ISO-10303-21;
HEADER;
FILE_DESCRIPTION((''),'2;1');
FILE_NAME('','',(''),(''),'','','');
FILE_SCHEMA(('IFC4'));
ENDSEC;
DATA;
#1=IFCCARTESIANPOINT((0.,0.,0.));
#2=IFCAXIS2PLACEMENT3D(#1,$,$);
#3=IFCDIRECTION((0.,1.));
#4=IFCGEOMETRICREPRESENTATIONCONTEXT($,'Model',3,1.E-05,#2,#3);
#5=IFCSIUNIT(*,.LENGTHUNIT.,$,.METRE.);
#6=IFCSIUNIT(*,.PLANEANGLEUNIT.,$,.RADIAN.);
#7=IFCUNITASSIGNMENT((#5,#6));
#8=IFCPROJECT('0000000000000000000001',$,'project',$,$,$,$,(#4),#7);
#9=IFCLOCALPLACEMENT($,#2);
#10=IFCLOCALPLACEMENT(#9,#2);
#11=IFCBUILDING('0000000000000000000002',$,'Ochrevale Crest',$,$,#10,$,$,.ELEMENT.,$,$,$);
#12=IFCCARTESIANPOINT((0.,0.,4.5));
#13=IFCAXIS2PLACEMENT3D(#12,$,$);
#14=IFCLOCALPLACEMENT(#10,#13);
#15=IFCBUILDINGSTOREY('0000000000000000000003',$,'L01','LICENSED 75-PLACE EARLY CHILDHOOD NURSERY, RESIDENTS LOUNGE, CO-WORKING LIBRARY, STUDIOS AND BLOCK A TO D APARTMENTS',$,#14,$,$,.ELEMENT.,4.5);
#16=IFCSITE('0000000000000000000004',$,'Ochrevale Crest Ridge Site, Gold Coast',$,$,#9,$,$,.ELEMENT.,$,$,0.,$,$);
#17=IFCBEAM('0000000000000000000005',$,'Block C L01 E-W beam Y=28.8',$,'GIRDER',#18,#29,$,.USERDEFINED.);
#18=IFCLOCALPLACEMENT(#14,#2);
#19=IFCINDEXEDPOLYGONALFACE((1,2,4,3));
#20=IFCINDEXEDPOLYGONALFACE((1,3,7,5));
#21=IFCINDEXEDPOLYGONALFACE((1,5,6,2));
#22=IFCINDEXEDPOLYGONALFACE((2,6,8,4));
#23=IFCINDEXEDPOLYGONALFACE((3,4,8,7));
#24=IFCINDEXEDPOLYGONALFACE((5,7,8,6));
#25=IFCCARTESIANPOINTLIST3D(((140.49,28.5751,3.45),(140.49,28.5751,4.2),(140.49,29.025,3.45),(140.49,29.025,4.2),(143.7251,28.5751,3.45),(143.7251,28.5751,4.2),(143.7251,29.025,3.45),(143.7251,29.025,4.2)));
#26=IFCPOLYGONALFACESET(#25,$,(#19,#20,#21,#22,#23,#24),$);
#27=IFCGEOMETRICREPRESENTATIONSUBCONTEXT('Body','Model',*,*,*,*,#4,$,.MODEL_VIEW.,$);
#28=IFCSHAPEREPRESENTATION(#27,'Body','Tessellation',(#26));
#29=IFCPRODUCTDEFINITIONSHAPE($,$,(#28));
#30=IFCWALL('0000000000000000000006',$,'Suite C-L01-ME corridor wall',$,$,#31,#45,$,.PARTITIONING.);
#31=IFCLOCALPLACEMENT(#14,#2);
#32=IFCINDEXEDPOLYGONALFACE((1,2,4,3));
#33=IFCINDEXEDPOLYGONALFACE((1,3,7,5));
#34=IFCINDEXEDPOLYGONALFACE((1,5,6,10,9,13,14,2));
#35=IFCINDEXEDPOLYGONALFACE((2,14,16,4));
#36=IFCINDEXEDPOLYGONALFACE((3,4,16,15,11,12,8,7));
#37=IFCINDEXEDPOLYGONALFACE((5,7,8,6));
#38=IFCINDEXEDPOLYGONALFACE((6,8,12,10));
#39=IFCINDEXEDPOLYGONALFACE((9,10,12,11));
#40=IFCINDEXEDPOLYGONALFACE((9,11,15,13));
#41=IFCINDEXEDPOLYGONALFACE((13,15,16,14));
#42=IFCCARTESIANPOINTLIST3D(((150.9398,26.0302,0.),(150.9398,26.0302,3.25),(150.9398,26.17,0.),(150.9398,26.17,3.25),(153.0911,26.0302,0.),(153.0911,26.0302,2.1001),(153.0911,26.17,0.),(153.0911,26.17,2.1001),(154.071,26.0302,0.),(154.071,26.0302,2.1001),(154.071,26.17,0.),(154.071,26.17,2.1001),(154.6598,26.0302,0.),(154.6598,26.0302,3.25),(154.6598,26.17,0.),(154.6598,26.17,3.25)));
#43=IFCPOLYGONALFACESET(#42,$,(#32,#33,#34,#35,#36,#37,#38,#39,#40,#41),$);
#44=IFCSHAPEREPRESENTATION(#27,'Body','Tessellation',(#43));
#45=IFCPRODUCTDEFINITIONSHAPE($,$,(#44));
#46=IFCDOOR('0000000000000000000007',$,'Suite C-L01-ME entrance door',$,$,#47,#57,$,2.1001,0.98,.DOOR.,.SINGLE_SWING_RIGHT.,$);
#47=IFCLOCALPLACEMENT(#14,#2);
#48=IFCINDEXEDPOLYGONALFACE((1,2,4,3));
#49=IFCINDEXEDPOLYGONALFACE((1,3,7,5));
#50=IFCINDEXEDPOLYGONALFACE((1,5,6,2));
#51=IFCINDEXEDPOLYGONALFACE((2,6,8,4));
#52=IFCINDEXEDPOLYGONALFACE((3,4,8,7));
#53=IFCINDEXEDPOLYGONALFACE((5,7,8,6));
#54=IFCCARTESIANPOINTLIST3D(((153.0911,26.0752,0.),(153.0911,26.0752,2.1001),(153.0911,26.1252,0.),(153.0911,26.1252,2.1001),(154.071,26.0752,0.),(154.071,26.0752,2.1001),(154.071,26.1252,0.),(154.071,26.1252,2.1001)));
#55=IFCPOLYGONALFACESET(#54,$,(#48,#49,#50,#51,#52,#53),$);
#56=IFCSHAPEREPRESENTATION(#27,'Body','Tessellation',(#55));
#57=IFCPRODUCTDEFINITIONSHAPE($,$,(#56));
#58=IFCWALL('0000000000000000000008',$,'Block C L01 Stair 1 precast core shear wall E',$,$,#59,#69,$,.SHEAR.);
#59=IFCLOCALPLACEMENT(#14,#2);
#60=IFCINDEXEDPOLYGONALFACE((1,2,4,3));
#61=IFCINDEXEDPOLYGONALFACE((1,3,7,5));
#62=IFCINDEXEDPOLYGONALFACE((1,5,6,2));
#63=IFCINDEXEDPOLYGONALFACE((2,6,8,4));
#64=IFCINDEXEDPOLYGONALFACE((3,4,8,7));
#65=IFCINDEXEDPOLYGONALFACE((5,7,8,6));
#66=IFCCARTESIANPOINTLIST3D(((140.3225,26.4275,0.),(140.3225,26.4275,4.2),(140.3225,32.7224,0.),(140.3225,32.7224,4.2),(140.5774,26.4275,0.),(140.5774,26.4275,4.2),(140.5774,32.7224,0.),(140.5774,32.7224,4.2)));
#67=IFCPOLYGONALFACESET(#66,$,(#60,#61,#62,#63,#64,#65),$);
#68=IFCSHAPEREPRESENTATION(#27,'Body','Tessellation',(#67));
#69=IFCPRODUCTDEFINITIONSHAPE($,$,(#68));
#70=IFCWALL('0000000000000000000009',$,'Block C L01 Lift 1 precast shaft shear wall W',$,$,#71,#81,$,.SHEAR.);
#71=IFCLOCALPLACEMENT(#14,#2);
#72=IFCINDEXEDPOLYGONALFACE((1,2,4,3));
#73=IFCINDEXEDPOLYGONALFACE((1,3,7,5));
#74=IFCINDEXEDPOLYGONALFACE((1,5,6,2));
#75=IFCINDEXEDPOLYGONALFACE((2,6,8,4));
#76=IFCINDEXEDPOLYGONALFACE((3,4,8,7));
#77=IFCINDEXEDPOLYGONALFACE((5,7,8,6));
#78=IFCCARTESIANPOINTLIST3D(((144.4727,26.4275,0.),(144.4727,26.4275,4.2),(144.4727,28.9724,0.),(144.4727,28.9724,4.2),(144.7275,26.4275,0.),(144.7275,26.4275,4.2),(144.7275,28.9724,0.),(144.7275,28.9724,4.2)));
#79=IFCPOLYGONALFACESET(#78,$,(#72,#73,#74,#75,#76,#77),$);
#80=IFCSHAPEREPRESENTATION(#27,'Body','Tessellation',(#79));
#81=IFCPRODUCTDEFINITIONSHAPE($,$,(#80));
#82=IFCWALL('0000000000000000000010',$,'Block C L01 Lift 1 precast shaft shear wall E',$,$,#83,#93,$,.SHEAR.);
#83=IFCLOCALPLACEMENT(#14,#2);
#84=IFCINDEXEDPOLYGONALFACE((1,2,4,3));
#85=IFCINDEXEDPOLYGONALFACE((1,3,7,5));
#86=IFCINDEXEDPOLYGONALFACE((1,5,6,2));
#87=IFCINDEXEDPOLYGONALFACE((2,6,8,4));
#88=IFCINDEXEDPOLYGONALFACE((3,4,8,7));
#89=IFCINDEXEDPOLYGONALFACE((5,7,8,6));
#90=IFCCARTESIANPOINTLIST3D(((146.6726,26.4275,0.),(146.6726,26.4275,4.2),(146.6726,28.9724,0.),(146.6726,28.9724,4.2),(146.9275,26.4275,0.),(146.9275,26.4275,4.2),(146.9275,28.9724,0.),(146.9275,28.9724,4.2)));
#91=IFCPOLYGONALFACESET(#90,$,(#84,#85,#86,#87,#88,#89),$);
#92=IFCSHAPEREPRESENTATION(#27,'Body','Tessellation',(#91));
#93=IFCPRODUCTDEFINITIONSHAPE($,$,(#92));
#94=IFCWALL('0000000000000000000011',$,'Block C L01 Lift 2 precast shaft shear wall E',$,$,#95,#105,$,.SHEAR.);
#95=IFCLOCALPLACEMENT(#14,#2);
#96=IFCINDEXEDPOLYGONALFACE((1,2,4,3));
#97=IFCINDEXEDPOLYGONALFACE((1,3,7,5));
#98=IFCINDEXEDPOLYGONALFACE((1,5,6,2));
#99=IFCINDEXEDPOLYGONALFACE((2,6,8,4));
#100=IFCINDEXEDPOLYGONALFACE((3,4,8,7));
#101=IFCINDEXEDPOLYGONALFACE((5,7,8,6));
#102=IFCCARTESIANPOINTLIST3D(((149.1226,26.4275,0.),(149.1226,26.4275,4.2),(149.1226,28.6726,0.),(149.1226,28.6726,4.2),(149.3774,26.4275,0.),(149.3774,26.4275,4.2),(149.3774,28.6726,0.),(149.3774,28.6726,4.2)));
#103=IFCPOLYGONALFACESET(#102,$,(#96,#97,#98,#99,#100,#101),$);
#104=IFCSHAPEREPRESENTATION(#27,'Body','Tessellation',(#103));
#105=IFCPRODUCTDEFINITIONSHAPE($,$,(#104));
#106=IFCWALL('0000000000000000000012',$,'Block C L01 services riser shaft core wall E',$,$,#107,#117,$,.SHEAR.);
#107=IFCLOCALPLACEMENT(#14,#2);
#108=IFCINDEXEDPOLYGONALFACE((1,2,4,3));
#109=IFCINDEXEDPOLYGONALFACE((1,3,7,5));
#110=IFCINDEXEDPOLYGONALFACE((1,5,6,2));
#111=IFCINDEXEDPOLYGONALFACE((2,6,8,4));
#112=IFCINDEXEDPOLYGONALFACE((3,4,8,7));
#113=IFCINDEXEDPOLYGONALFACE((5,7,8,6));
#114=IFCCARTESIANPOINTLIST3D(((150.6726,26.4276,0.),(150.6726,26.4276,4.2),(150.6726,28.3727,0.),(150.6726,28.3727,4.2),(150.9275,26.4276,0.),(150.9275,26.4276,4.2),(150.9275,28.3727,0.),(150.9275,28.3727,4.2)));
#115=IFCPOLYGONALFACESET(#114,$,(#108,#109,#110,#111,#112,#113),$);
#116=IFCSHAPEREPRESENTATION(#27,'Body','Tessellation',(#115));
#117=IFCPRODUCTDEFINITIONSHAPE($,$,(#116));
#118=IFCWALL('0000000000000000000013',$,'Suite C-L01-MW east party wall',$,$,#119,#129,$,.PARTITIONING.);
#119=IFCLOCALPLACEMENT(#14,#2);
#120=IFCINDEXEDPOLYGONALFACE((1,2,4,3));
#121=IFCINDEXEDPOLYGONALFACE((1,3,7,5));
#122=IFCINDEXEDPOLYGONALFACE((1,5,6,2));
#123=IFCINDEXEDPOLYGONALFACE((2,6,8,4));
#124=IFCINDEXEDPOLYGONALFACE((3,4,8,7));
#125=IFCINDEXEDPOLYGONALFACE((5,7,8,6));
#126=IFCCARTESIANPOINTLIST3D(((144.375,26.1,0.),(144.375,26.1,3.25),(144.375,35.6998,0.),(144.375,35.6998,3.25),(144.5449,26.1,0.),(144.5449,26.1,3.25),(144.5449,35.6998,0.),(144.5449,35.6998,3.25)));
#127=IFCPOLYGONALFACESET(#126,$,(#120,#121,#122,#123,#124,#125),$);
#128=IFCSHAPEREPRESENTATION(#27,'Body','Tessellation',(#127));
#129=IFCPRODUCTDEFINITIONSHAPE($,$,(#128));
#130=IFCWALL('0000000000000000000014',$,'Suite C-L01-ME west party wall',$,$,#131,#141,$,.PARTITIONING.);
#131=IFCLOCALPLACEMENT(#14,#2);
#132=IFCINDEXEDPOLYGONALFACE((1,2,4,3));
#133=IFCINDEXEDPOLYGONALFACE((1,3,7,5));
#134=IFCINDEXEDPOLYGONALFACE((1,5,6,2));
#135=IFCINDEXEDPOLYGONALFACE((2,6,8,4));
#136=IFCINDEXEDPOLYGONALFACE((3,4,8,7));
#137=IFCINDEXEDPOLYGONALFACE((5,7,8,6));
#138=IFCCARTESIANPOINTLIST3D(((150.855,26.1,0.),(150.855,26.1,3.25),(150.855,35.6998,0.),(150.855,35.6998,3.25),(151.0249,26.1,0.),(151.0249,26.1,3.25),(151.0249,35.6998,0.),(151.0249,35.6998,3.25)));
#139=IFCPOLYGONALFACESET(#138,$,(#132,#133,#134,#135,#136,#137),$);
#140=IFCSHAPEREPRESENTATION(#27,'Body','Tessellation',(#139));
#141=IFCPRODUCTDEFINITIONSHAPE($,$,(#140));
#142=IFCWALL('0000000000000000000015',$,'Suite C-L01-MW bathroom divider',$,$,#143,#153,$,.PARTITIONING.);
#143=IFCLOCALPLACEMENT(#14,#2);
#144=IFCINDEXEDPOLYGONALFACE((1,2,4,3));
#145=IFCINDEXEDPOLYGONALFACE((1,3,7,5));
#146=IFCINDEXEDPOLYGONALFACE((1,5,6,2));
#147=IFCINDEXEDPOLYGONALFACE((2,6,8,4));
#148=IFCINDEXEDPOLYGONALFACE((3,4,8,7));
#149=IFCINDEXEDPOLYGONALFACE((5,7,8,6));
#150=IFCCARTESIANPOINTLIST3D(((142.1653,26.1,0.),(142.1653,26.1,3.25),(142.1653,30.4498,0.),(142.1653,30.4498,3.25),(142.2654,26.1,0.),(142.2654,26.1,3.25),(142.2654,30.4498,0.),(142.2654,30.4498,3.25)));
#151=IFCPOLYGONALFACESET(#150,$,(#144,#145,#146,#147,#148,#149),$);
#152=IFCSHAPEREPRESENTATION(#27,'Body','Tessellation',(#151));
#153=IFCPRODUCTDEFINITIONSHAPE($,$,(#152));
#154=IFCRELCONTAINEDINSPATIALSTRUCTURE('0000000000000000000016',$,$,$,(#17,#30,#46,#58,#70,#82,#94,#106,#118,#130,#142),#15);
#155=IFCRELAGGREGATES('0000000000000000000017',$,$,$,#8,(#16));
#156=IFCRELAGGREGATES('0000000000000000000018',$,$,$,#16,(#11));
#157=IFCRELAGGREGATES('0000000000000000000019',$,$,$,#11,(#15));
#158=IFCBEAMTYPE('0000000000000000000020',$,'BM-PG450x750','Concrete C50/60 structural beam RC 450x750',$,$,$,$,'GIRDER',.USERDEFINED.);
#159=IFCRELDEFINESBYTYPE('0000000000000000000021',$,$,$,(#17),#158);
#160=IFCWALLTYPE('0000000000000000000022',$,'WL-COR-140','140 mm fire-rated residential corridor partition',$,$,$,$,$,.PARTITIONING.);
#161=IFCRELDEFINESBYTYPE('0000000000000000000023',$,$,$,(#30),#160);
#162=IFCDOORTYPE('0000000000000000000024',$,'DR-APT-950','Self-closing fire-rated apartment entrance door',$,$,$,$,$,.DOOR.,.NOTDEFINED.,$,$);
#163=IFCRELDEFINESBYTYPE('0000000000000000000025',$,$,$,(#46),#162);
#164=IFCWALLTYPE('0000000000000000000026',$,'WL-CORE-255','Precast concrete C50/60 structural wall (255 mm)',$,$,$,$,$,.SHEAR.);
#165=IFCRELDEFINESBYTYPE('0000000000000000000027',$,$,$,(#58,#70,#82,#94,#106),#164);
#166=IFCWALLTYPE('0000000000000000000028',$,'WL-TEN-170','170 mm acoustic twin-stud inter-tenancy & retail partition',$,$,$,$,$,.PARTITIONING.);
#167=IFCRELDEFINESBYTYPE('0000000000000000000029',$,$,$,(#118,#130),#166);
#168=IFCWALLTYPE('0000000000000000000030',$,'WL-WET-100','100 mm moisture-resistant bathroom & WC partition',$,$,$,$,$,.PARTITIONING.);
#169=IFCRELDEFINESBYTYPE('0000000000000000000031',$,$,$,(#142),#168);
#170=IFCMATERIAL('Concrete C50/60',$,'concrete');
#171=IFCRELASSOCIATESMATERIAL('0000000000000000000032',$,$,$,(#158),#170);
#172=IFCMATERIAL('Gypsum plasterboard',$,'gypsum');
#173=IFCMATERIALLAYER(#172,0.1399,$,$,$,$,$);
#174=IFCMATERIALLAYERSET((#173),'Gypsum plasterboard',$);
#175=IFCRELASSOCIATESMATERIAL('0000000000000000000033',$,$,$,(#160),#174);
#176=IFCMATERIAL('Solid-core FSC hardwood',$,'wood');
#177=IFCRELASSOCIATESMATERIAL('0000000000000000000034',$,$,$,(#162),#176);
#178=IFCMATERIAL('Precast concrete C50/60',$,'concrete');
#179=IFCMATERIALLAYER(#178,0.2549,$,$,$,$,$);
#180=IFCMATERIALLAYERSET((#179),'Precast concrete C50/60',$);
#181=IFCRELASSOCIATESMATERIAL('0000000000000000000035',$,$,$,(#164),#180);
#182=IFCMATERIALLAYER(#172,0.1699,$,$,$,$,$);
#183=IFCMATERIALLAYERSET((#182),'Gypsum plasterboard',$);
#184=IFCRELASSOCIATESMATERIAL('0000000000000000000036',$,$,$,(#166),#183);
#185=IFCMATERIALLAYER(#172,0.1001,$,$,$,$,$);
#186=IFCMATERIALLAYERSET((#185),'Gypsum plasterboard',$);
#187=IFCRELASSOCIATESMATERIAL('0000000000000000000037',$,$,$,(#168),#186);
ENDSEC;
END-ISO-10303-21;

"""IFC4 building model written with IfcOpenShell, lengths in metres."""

from ifc_helpers import new_model, si_unit, direction, frame, frame_2d, origin, origin_2d, place, context, subcontext, project, spatial, rectangle, extrude, material, layer, layer_set, material_profile, profile_set, type_object, element, fill, save


model = new_model("IFC4")

# Units and contexts
model_context = context("Model", 3, precision=1e-05, world=origin(), true_north=direction((0.0, 1.0)))
body_context = subcontext(model_context, "Body", "Model", "MODEL_VIEW")
ifc_project = project(units=[si_unit("LENGTHUNIT", "METRE"), si_unit("PLANEANGLEUNIT", "RADIAN")], contexts=[model_context])

# Site, building, storey
site_placement = place(None, origin())
site = spatial("IfcSite", under=ifc_project, at=site_placement, Name="Ochrevale Crest Ridge Site, Gold Coast", CompositionType="ELEMENT", RefElevation=0.0)
building_placement = place(site_placement, origin())
building = spatial("IfcBuilding", under=site, at=building_placement, Name="Ochrevale Crest", CompositionType="ELEMENT")
storey_placement = place(building_placement, frame((0.0, 0.0, 4.5)))
storey = spatial("IfcBuildingStorey", under=building, at=storey_placement, Name="L01", Description="LICENSED 75-PLACE EARLY CHILDHOOD NURSERY, RESIDENTS LOUNGE, CO-WORKING LIBRARY, STUDIOS AND BLOCK A TO D APARTMENTS", CompositionType="ELEMENT", Elevation=4.5)

# Beam
ifc_material_1 = material(Name="Concrete C50/60", Category="concrete")
ifc_material_profile = material_profile(ifc_material_1, rectangle(XDim=0.45, YDim=0.75, at=origin_2d()), Name="RC 450x750")
ifc_profile_set = profile_set([ifc_material_profile], Name="Concrete C50/60")
beam_type = type_object("IfcBeamType", Name="BM-PG450x750", Description="Concrete C50/60 structural beam RC 450x750", ElementType="GIRDER", PredefinedType="USERDEFINED", material=ifc_profile_set)
beam_placement = place(storey_placement, frame((140.49, 28.8, 3.825), z_axis=(1.0, 0.0, 0.0), x_axis=(0.0, 1.0, 0.0)))
element("IfcBeam", 1, at=beam_placement, inside=storey, type_object=beam_type, Name="Block C L01 E-W beam Y=28.8", ObjectType="GIRDER", PredefinedType="USERDEFINED", context=body_context, shape_type="SweptSolid", body=[
    extrude(rectangle(XDim=0.45, YDim=0.75, at=origin_2d()), origin(), (0.0, 0.0, 1.0), 3.2351),
])

# Wall, opening, door
ifc_material_2 = material(Name="Gypsum plasterboard", Category="gypsum")
ifc_layer_1 = layer(ifc_material_2, 0.1399)
ifc_layer_set_1 = layer_set([ifc_layer_1], Name="Gypsum plasterboard")
wall_type_1 = type_object("IfcWallType", Name="WL-COR-140", Description="140 mm fire-rated residential corridor partition", PredefinedType="PARTITIONING", material=ifc_layer_set_1)
wall_1_placement = place(storey_placement, frame((150.9399, 26.1001, 0.0), z_axis=(0.0, 0.0, 1.0), x_axis=(1.0, 0.0, 0.0)))
wall_1 = element("IfcWall", 2, at=wall_1_placement, inside=storey, type_object=wall_type_1, Name="Suite C-L01-ME corridor wall", PredefinedType="PARTITIONING", context=body_context, shape_type="SweptSolid", body=[
    extrude(rectangle(XDim=3.72, YDim=0.1399, at=frame_2d((1.8599, 0.0))), origin(), (0.0, 0.0, 1.0), 3.25),
])
opening_1_placement = place(wall_1_placement, frame((3.1311, 0.0, 0.0), z_axis=(0.0, 0.0, 1.0), x_axis=(-1.0, 0.0, 0.0)))
opening_1 = element("IfcOpeningElement", 3, at=opening_1_placement, cuts=wall_1, PredefinedType="OPENING", context=body_context, shape_type="SweptSolid", body=[
    extrude(rectangle(XDim=0.98, YDim=2.1001, at=frame_2d((0.49, 1.05))), frame((0.0, 0.0801, 0.0), z_axis=(0.0, -1.0, 0.0), x_axis=(1.0, 0.0, 0.0)), (0.0, 0.0, 1.0), 0.1599),
])
ifc_material_3 = material(Name="Solid-core FSC hardwood", Category="wood")
door_type_1 = type_object("IfcDoorType", Name="DR-APT-950", Description="Self-closing fire-rated apartment entrance door", OperationType="NOTDEFINED", PredefinedType="DOOR", material=ifc_material_3)
door_1_placement = place(opening_1_placement, origin())
door_1 = element("IfcDoor", 4, at=door_1_placement, inside=storey, type_object=door_type_1, Name="Suite C-L01-ME entrance door", OperationType="SINGLE_SWING_RIGHT", OverallHeight=2.1001, OverallWidth=0.98, PredefinedType="DOOR", context=body_context, shape_type="SweptSolid", body=[
    extrude(rectangle(XDim=0.98, YDim=2.1001, at=frame_2d((0.49, 1.05))), frame((0.0, 0.0249, 0.0), z_axis=(0.0, -1.0, 0.0), x_axis=(1.0, 0.0, 0.0)), (0.0, 0.0, 1.0), 0.05),
])
fill(opening_1, door_1)

# Wall
ifc_material_4 = material(Name="Precast concrete C50/60", Category="concrete")
ifc_layer_2 = layer(ifc_material_4, 0.2549)
ifc_layer_set_2 = layer_set([ifc_layer_2], Name="Precast concrete C50/60")
wall_type_2 = type_object("IfcWallType", Name="WL-CORE-255", Description="Precast concrete C50/60 structural wall (255 mm)", PredefinedType="SHEAR", material=ifc_layer_set_2)
wall_2_placement = place(storey_placement, frame((140.45, 26.4275, 0.0), z_axis=(0.0, 0.0, 1.0), x_axis=(0.0, 1.0, 0.0)))
element("IfcWall", 5, at=wall_2_placement, inside=storey, type_object=wall_type_2, Name="Block C L01 Stair 1 precast core shear wall E", PredefinedType="SHEAR", context=body_context, shape_type="SweptSolid", body=[
    extrude(rectangle(XDim=6.2949, YDim=0.2549, at=frame_2d((3.1475, 0.0))), origin(), (0.0, 0.0, 1.0), 4.2),
])

# Walls
for number, where, z_axis, x_axis, name in (
    (6, (144.6001, 26.4275, 0.0), (0.0, 0.0, 1.0), (0.0, 1.0, 0.0), "Block C L01 Lift 1 precast shaft shear wall W"),
    (7, (146.8, 26.4275, 0.0), (0.0, 0.0, 1.0), (0.0, 1.0, 0.0), "Block C L01 Lift 1 precast shaft shear wall E"),
):
    element("IfcWall", number, at=place(storey_placement, frame(where, z_axis=z_axis, x_axis=x_axis)), inside=storey, type_object=wall_type_2, Name=name, PredefinedType="SHEAR", context=body_context, shape_type="SweptSolid", body=[
        extrude(rectangle(XDim=2.5449, YDim=0.2549, at=frame_2d((1.2725, 0.0))), origin(), (0.0, 0.0, 1.0), 4.2),
    ])

# Walls
wall_3_placement = place(storey_placement, frame((149.25, 26.4275, 0.0), z_axis=(0.0, 0.0, 1.0), x_axis=(0.0, 1.0, 0.0)))
element("IfcWall", 8, at=wall_3_placement, inside=storey, type_object=wall_type_2, Name="Block C L01 Lift 2 precast shaft shear wall E", PredefinedType="SHEAR", context=body_context, shape_type="SweptSolid", body=[
    extrude(rectangle(XDim=2.2451, YDim=0.2549, at=frame_2d((1.1226, 0.0))), origin(), (0.0, 0.0, 1.0), 4.2),
])
wall_4_placement = place(storey_placement, frame((150.8, 26.4275, 0.0), z_axis=(0.0, 0.0, 1.0), x_axis=(0.0, 1.0, 0.0)))
element("IfcWall", 9, at=wall_4_placement, inside=storey, type_object=wall_type_2, Name="Block C L01 services riser shaft core wall E", PredefinedType="SHEAR", context=body_context, shape_type="SweptSolid", body=[
    extrude(rectangle(XDim=1.9451, YDim=0.2549, at=frame_2d((0.9727, 0.0))), origin(), (0.0, 0.0, 1.0), 4.2),
])
ifc_layer_3 = layer(ifc_material_2, 0.1699)
ifc_layer_set_3 = layer_set([ifc_layer_3], Name="Gypsum plasterboard")
wall_type_3 = type_object("IfcWallType", Name="WL-TEN-170", Description="170 mm acoustic twin-stud inter-tenancy & retail partition", PredefinedType="PARTITIONING", material=ifc_layer_set_3)
for number, where, z_axis, x_axis, name in (
    (10, (144.46, 26.1001, 0.0), (0.0, 0.0, 1.0), (0.0, 1.0, 0.0), "Suite C-L01-MW east party wall"),
    (11, (150.9399, 26.1001, 0.0), (0.0, 0.0, 1.0), (0.0, 1.0, 0.0), "Suite C-L01-ME west party wall"),
):
    element("IfcWall", number, at=place(storey_placement, frame(where, z_axis=z_axis, x_axis=x_axis)), inside=storey, type_object=wall_type_3, Name=name, PredefinedType="PARTITIONING", context=body_context, shape_type="SweptSolid", body=[
        extrude(rectangle(XDim=9.5999, YDim=0.1699, at=frame_2d((4.7998, 0.0))), origin(), (0.0, 0.0, 1.0), 3.25),
    ])
ifc_layer_4 = layer(ifc_material_2, 0.1001)
ifc_layer_set_4 = layer_set([ifc_layer_4], Name="Gypsum plasterboard")
wall_type_4 = type_object("IfcWallType", Name="WL-WET-100", Description="100 mm moisture-resistant bathroom & WC partition", PredefinedType="PARTITIONING", material=ifc_layer_set_4)
wall_5_placement = place(storey_placement, frame((142.2153, 26.1001, 0.0), z_axis=(0.0, 0.0, 1.0), x_axis=(0.0, 1.0, 0.0)))
element("IfcWall", 12, at=wall_5_placement, inside=storey, type_object=wall_type_4, Name="Suite C-L01-MW bathroom divider", PredefinedType="PARTITIONING", context=body_context, shape_type="SweptSolid", body=[
    extrude(rectangle(XDim=4.3499, YDim=0.1001, at=frame_2d((2.1748, 0.0))), origin(), (0.0, 0.0, 1.0), 3.25),
])

save(model, "model.ifc")
